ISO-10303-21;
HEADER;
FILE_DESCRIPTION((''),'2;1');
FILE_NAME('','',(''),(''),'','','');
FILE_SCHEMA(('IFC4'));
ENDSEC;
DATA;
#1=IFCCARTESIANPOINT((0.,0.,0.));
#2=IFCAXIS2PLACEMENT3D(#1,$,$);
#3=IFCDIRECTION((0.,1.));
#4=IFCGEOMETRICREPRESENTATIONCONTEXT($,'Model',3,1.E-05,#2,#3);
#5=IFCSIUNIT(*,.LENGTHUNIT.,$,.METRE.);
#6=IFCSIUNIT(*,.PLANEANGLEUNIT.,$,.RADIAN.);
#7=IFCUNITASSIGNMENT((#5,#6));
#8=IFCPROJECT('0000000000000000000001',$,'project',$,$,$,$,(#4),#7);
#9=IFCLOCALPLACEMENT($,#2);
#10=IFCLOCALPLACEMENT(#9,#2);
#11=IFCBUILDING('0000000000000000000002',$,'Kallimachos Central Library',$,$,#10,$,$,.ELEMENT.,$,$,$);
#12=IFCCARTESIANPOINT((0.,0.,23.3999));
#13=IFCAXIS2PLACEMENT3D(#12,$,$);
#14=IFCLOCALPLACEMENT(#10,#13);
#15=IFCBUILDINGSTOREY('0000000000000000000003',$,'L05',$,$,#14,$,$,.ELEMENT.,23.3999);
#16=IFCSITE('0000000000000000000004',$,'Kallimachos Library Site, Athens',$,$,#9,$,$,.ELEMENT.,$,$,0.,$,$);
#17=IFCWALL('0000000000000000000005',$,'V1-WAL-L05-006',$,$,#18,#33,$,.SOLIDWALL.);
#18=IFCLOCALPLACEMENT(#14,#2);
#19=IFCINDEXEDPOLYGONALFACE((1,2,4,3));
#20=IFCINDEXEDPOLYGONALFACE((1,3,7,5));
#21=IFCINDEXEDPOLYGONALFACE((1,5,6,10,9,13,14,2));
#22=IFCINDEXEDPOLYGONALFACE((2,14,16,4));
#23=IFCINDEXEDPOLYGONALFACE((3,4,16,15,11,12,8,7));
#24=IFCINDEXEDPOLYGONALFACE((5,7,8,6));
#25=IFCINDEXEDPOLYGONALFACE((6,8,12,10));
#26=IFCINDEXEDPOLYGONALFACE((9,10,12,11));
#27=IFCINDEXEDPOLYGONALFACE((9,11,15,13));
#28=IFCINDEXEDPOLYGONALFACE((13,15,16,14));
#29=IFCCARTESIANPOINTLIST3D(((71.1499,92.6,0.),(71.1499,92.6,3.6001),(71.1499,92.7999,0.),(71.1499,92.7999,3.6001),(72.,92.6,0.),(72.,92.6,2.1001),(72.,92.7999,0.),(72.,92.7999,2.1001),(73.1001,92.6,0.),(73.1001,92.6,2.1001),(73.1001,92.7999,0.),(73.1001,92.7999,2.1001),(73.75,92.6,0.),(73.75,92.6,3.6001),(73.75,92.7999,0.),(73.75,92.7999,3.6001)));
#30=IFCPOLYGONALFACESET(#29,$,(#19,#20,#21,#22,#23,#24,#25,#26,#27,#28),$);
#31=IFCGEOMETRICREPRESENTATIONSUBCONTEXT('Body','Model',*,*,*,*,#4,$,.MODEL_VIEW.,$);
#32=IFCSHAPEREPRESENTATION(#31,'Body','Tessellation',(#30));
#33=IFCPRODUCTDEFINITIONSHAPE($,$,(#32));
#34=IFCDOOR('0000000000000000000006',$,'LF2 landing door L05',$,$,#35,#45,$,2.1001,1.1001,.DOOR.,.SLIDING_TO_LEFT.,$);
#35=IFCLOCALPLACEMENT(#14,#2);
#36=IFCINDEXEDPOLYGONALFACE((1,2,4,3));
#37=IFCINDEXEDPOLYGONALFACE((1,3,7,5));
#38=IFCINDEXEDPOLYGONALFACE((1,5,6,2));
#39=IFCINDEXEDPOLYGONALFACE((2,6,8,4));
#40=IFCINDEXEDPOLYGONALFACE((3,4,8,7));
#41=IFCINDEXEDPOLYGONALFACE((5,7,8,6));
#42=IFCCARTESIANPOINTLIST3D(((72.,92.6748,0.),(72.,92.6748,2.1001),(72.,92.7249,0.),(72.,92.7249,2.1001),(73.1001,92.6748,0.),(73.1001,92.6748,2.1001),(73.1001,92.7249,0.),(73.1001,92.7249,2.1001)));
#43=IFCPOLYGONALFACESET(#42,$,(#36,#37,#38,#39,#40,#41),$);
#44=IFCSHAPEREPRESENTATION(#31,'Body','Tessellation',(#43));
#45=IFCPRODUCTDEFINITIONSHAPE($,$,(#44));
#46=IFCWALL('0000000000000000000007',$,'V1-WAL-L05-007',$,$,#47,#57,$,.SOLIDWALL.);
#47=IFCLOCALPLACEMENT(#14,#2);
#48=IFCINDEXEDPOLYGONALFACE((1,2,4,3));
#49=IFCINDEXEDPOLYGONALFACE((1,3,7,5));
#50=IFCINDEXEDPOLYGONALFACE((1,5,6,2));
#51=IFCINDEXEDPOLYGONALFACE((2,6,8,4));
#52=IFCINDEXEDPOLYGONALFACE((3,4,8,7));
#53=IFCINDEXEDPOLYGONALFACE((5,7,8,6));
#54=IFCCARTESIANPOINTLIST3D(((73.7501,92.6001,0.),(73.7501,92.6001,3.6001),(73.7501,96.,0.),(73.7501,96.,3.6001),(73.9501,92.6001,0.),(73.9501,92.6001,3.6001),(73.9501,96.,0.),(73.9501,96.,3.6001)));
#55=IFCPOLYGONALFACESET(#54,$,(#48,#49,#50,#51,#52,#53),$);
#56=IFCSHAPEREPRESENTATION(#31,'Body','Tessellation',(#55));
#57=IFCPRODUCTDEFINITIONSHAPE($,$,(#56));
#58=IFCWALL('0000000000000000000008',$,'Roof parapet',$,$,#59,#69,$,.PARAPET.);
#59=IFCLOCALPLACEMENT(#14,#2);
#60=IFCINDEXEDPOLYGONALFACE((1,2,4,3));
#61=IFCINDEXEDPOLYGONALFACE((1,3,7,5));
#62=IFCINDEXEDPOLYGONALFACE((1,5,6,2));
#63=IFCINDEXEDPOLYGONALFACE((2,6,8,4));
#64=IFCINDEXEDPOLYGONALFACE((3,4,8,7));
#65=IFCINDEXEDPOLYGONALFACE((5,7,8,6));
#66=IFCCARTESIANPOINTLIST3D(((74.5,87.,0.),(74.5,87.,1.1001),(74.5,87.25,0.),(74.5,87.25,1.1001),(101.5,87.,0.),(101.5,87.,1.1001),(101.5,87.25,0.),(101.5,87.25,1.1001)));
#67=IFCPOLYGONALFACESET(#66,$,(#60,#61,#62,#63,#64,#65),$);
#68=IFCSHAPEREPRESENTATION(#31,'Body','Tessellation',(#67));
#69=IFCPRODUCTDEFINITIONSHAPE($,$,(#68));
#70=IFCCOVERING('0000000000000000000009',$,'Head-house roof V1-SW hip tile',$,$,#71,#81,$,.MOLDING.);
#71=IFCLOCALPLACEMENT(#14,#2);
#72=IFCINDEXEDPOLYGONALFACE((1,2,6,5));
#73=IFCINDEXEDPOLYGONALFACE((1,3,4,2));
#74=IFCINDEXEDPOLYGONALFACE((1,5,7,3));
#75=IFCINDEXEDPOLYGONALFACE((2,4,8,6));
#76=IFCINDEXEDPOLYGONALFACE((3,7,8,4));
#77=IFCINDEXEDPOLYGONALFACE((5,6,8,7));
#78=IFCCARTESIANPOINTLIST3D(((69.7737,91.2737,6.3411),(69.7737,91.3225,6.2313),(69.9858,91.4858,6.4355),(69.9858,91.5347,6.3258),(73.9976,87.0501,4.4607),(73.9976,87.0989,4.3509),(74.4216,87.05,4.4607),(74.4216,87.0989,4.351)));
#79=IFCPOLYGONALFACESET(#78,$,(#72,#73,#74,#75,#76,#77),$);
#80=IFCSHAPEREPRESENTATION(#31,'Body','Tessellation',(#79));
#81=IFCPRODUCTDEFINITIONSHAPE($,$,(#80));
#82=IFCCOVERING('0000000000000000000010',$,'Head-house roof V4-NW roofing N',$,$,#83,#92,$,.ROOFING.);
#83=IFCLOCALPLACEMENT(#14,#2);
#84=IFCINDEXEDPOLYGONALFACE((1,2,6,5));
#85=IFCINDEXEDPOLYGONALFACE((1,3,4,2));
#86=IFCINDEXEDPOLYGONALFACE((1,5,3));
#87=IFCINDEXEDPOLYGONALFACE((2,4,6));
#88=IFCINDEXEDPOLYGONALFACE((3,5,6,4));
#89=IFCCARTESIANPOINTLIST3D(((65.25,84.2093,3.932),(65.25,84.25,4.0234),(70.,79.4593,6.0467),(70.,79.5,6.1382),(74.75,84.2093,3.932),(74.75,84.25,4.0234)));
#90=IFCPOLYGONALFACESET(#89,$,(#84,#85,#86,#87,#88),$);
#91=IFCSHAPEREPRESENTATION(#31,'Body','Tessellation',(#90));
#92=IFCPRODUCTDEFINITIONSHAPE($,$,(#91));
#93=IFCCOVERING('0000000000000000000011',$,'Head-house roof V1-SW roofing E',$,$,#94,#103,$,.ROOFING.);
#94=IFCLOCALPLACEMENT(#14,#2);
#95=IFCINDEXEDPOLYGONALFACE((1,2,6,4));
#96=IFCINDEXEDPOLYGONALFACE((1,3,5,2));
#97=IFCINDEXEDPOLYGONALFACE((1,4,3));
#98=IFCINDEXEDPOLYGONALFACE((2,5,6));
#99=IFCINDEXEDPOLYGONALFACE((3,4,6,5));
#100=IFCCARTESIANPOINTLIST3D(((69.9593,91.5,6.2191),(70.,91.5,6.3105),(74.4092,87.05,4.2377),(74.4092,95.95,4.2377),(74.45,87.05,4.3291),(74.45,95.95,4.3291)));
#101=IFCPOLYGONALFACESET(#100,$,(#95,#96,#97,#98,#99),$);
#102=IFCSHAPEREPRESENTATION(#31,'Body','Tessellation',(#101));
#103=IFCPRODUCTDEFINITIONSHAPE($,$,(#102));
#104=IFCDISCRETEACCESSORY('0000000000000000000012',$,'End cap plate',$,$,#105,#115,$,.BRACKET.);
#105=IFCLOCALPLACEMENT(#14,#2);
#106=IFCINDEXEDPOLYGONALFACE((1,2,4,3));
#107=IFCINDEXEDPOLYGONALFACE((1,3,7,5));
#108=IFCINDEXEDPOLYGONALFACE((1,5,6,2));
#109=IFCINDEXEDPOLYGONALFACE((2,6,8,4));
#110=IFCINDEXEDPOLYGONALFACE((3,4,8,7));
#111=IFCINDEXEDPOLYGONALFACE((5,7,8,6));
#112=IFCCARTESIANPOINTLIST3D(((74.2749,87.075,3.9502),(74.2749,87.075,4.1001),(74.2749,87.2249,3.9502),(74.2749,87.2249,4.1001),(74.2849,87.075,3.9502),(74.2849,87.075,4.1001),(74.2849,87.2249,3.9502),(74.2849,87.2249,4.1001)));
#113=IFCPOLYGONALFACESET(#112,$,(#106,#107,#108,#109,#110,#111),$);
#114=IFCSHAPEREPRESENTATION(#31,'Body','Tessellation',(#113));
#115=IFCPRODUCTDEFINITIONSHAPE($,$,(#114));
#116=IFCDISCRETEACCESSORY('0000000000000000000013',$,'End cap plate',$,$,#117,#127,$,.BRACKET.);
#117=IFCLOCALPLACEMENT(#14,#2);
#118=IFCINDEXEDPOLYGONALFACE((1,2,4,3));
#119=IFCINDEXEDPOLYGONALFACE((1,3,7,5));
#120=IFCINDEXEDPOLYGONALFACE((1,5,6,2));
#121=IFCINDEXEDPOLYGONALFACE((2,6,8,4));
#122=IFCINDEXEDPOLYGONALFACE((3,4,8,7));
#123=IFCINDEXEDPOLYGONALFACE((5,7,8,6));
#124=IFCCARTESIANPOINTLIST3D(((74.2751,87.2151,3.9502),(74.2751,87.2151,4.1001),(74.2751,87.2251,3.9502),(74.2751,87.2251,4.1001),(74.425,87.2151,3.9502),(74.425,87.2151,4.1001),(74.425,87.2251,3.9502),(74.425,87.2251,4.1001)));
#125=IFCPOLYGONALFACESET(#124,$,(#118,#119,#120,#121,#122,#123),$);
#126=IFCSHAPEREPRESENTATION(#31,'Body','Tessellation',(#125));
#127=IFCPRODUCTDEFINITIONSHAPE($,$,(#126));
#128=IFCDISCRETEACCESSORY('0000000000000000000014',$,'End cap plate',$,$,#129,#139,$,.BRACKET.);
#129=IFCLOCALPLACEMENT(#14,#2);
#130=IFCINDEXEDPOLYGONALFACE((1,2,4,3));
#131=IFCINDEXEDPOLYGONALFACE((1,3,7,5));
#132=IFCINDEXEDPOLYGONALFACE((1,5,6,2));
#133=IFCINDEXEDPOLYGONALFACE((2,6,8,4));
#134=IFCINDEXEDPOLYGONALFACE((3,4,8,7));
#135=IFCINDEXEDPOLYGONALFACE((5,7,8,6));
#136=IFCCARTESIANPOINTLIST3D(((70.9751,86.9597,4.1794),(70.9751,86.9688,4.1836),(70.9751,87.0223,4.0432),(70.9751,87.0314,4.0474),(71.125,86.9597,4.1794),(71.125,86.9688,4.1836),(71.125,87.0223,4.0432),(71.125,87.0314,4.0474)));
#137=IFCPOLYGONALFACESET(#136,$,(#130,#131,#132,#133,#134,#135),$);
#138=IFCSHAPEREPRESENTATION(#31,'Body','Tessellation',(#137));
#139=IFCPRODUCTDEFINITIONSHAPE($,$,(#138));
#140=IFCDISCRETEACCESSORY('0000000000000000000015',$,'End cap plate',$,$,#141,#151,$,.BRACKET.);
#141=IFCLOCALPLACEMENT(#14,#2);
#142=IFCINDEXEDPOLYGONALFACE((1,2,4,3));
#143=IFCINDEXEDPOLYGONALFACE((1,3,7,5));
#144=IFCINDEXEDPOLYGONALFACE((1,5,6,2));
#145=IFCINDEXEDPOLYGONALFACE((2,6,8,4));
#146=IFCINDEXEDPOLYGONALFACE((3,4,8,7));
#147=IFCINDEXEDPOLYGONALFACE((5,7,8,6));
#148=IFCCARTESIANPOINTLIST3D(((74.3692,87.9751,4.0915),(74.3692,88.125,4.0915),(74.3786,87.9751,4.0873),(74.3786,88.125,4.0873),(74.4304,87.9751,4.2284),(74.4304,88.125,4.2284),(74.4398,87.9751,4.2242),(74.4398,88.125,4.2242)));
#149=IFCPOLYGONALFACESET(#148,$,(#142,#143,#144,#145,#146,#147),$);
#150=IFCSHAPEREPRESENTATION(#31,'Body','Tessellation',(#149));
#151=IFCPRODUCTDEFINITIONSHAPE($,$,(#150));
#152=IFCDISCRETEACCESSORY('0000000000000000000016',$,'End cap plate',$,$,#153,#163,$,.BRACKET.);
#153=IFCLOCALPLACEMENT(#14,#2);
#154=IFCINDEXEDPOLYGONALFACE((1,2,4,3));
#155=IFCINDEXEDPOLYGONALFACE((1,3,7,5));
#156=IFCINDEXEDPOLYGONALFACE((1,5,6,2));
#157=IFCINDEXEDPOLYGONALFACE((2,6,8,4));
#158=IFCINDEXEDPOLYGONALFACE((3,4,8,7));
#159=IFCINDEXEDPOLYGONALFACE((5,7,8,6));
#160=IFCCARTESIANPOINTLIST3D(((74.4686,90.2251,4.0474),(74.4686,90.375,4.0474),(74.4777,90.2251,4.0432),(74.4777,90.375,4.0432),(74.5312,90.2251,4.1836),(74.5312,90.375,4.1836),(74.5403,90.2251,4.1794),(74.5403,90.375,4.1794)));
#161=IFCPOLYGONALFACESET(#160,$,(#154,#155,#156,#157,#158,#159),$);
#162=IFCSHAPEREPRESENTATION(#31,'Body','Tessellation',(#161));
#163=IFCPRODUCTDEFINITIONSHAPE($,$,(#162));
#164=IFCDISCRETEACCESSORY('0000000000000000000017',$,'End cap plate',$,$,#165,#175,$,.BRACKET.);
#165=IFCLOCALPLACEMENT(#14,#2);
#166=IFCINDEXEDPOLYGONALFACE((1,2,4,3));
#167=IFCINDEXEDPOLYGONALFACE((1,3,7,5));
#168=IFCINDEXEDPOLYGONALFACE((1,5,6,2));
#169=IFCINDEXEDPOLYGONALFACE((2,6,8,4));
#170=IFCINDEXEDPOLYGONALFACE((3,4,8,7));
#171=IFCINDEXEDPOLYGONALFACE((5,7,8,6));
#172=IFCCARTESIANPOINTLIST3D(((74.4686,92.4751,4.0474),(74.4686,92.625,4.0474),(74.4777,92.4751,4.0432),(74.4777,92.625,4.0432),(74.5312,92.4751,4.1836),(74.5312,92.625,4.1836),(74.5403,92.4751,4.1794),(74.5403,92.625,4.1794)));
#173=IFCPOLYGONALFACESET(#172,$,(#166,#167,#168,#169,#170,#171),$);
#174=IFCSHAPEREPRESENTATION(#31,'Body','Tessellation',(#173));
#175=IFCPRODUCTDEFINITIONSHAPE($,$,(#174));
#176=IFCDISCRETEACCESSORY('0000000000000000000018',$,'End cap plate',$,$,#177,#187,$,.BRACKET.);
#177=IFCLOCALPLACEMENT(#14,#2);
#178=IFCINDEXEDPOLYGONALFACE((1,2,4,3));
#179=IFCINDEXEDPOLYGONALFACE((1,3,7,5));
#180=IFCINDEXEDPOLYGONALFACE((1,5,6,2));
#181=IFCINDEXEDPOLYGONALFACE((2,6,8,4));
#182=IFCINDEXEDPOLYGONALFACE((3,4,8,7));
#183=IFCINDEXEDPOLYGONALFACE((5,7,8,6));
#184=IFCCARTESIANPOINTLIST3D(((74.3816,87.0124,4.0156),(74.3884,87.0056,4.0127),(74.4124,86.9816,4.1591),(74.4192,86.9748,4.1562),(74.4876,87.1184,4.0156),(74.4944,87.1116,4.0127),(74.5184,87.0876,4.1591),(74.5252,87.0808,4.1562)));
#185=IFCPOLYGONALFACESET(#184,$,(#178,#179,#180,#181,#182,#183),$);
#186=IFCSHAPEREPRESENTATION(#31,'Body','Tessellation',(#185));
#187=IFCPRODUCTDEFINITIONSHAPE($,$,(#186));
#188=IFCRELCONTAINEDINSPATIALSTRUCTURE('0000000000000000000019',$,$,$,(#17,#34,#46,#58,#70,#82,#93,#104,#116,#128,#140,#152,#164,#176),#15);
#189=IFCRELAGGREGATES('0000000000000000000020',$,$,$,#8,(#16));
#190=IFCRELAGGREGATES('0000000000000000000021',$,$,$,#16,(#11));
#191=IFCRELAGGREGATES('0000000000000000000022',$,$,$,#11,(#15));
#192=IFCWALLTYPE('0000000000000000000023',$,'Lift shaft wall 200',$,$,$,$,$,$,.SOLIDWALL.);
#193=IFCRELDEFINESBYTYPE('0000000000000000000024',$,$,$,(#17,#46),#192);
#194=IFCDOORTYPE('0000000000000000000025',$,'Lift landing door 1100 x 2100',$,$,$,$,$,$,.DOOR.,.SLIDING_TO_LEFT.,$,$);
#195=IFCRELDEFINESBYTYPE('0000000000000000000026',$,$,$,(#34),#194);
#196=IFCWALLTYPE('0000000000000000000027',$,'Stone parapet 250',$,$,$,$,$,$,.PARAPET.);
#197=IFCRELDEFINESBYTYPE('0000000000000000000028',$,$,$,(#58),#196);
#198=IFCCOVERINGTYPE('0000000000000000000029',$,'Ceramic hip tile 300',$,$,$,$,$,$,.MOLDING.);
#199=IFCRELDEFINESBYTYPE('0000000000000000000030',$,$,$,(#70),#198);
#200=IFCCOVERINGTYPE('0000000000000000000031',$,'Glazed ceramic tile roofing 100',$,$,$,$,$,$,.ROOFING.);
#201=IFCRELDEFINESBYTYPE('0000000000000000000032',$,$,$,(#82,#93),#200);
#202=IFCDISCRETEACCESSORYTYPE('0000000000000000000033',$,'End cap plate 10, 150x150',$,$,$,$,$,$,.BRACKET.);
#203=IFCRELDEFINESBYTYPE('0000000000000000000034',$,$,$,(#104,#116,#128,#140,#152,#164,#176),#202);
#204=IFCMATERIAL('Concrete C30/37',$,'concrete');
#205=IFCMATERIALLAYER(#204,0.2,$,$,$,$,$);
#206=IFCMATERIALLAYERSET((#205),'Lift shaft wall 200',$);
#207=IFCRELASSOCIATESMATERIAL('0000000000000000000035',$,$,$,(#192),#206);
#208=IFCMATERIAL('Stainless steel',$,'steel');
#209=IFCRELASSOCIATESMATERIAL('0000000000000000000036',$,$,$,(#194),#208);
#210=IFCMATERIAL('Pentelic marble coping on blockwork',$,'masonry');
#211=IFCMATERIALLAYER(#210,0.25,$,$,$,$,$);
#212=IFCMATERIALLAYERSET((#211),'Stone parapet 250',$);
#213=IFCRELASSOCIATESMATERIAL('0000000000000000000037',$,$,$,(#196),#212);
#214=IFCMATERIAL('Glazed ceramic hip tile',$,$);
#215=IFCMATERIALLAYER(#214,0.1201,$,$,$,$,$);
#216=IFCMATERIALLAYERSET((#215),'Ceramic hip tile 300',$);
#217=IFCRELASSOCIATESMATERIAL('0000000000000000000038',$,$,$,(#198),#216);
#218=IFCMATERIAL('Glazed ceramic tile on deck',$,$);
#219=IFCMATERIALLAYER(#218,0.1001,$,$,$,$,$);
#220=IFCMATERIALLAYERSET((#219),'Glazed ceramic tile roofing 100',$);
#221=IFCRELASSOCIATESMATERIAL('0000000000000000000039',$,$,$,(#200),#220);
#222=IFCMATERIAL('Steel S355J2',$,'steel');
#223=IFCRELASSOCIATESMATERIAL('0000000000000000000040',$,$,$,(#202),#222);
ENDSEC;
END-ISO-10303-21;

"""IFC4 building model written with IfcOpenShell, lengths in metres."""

from ifc_helpers import new_model, si_unit, direction, frame, frame_2d, origin, origin_2d, place, context, subcontext, project, spatial, polyline, rectangle, outline, extrude, material, layer, layer_set, material_profile, profile_set, type_object, element, fill, save


model = new_model("IFC4")

# Units and contexts
model_context = context("Model", 3, precision=1e-05, world=origin(), true_north=direction((0.0, 1.0)))
body_context = subcontext(model_context, "Body", "Model", "MODEL_VIEW")
ifc_project = project(units=[si_unit("LENGTHUNIT", "METRE"), si_unit("PLANEANGLEUNIT", "RADIAN")], contexts=[model_context])

# Site, building, storey
site_placement = place(None, origin())
site = spatial("IfcSite", under=ifc_project, at=site_placement, Name="Kallimachos Library Site, Athens", CompositionType="ELEMENT", RefElevation=0.0)
building_placement = place(site_placement, origin())
building = spatial("IfcBuilding", under=site, at=building_placement, Name="Kallimachos Central Library", CompositionType="ELEMENT")
storey_placement = place(building_placement, frame((0.0, 0.0, 23.3999)))
storey = spatial("IfcBuildingStorey", under=building, at=storey_placement, Name="L05", CompositionType="ELEMENT", Elevation=23.3999)

# Shared definitions
ifc_material_1 = material(Name="Concrete C30/37", Category="concrete")
ifc_layer_1 = layer(ifc_material_1, 0.2)
ifc_layer_set_1 = layer_set([ifc_layer_1], Name="Lift shaft wall 200")
wall_type_1 = type_object("IfcWallType", Name="Lift shaft wall 200", PredefinedType="SOLIDWALL", material=ifc_layer_set_1)

# Wall, opening, door
wall_1_placement = place(storey_placement, frame((71.1499, 92.7, 0.0), z_axis=(0.0, 0.0, 1.0), x_axis=(1.0, 0.0, 0.0)))
wall_1 = element("IfcWall", 1, at=wall_1_placement, inside=storey, type_object=wall_type_1, Name="V1-WAL-L05-006", PredefinedType="SOLIDWALL", context=body_context, shape_type="SweptSolid", body=[
    extrude(rectangle(XDim=2.6001, YDim=0.2, at=frame_2d((1.3, 0.0))), origin(), (0.0, 0.0, 1.0), 3.6001),
])
opening_1_placement = place(wall_1_placement, frame((0.8501, 0.0, 0.0)))
opening_1 = element("IfcOpeningElement", 2, at=opening_1_placement, cuts=wall_1, PredefinedType="OPENING", context=body_context, shape_type="SweptSolid", body=[
    extrude(rectangle(XDim=1.1001, YDim=2.1001, at=frame_2d((0.55, 1.05))), frame((0.0, 0.1099, 0.0), z_axis=(0.0, -1.0, 0.0), x_axis=(1.0, 0.0, 0.0)), (0.0, 0.0, 1.0), 0.22),
])
ifc_material_2 = material(Name="Stainless steel", Category="steel")
door_type_1 = type_object("IfcDoorType", Name="Lift landing door 1100 x 2100", OperationType="SLIDING_TO_LEFT", PredefinedType="DOOR", material=ifc_material_2)
door_1_placement = place(opening_1_placement, origin())
door_1 = element("IfcDoor", 3, at=door_1_placement, inside=storey, type_object=door_type_1, Name="LF2 landing door L05", OperationType="SLIDING_TO_LEFT", OverallHeight=2.1001, OverallWidth=1.1001, PredefinedType="DOOR", context=body_context, shape_type="SweptSolid", body=[
    extrude(rectangle(XDim=1.1001, YDim=2.1001, at=frame_2d((0.55, 1.05))), frame((0.0, 0.0249, 0.0), z_axis=(0.0, -1.0, 0.0), x_axis=(1.0, 0.0, 0.0)), (0.0, 0.0, 1.0), 0.05),
])
fill(opening_1, door_1)

# Walls
wall_2_placement = place(storey_placement, frame((73.8501, 92.6001, 0.0), z_axis=(0.0, 0.0, 1.0), x_axis=(0.0, 1.0, 0.0)))
element("IfcWall", 4, at=wall_2_placement, inside=storey, type_object=wall_type_1, Name="V1-WAL-L05-007", PredefinedType="SOLIDWALL", context=body_context, shape_type="SweptSolid", body=[
    extrude(rectangle(XDim=3.3999, YDim=0.2, at=frame_2d((1.7, 0.0))), origin(), (0.0, 0.0, 1.0), 3.6001),
])
ifc_material_3 = material(Name="Pentelic marble coping on blockwork", Category="masonry")
ifc_layer_2 = layer(ifc_material_3, 0.25)
ifc_layer_set_2 = layer_set([ifc_layer_2], Name="Stone parapet 250")
wall_type_2 = type_object("IfcWallType", Name="Stone parapet 250", PredefinedType="PARAPET", material=ifc_layer_set_2)
wall_3_placement = place(storey_placement, frame((74.5, 87.125, 0.0), z_axis=(0.0, 0.0, 1.0), x_axis=(1.0, 0.0, 0.0)))
element("IfcWall", 5, at=wall_3_placement, inside=storey, type_object=wall_type_2, Name="Roof parapet", PredefinedType="PARAPET", context=body_context, shape_type="SweptSolid", body=[
    extrude(rectangle(XDim=27.0, YDim=0.25, at=frame_2d((13.5, 0.0))), origin(), (0.0, 0.0, 1.0), 1.1001),
])

# Coverings
ifc_material_4 = material(Name="Glazed ceramic hip tile")
ifc_layer_3 = layer(ifc_material_4, 0.1201)
ifc_layer_set_3 = layer_set([ifc_layer_3], Name="Ceramic hip tile 300")
covering_type_1 = type_object("IfcCoveringType", Name="Ceramic hip tile 300", PredefinedType="MOLDING", material=ifc_layer_set_3)
covering_1_placement = place(storey_placement, frame((74.4216, 87.05, 4.4607), z_axis=(-0.000031, -0.406745, 0.913542), x_axis=(-1.0, 0.000012, -0.000028)))
element("IfcCovering", 6, at=covering_1_placement, inside=storey, type_object=covering_type_1, Name="Head-house roof V1-SW hip tile", PredefinedType="MOLDING", context=body_context, shape_type="SweptSolid", body=[
    extrude(outline(polyline([(0.0, 0.0), (0.4241, 0.0), (4.6479, -4.6233), (4.4358, -4.8555), (0.0, 0.0)])), origin(), (0.0, 0.0, -1.0), 0.1201),
])
ifc_material_5 = material(Name="Glazed ceramic tile on deck")
ifc_layer_4 = layer(ifc_material_5, 0.1001)
ifc_layer_set_4 = layer_set([ifc_layer_4], Name="Glazed ceramic tile roofing 100")
covering_type_2 = type_object("IfcCoveringType", Name="Glazed ceramic tile roofing 100", PredefinedType="ROOFING", material=ifc_layer_set_4)
covering_2_placement = place(storey_placement, frame((74.75, 84.25, 4.0234), z_axis=(0.0, 0.406722, 0.913552), x_axis=(-1.0, 0.0, 0.0)))
element("IfcCovering", 7, at=covering_2_placement, inside=storey, type_object=covering_type_2, Name="Head-house roof V4-NW roofing N", PredefinedType="ROOFING", context=body_context, shape_type="SweptSolid", body=[
    extrude(outline(polyline([(0.0, 0.0), (9.5, 0.0), (4.75, 5.1995), (0.0, 0.0)])), origin(), (0.0, 0.0, -1.0), 0.1001),
])
covering_3_placement = place(storey_placement, frame((74.45, 87.05, 4.3291), z_axis=(0.406771, 0.0, 0.91353), x_axis=(0.0, 1.0, 0.0)))
element("IfcCovering", 8, at=covering_3_placement, inside=storey, type_object=covering_type_2, Name="Head-house roof V1-SW roofing E", PredefinedType="ROOFING", context=body_context, shape_type="SweptSolid", body=[
    extrude(outline(polyline([(0.0, 0.0), (8.8999, 0.0), (4.45, 4.8712), (0.0, 0.0)])), origin(), (0.0, 0.0, -1.0), 0.1001),
])

# Discrete accessories
ifc_material_6 = material(Name="Steel S355J2", Category="steel")
ifc_material_profile_1 = material_profile(ifc_material_6, rectangle(XDim=0.1499, YDim=0.1499, at=origin_2d()), Name="End cap plate 10, 150x150")
ifc_profile_set_1 = profile_set([ifc_material_profile_1], Name="Steel S355J2")
discrete_accessory_type = type_object("IfcDiscreteAccessoryType", Name="End cap plate 10, 150x150", PredefinedType="BRACKET", material=ifc_profile_set_1)
for number, where, z_axis, x_axis, name in (
    (9, (74.2749, 87.1499, 4.0251), (1.0, 0.0, 0.0), (0.0, 1.0, 0.0), "End cap plate"),
    (10, (74.3501, 87.2151, 4.0251), (0.0, 1.0, 0.0), (-1.0, 0.0, 0.0), "End cap plate"),
    (11, (71.05, 86.991, 4.1113), (0.0, 0.908677, 0.4175), (-1.0, 0.0, 0.0), "End cap plate"),
):
    element("IfcDiscreteAccessory", number, at=place(storey_placement, frame(where, z_axis=z_axis, x_axis=x_axis)), inside=storey, type_object=discrete_accessory_type, Name=name, PredefinedType="BRACKET", context=body_context, shape_type="SweptSolid", body=[
        extrude(rectangle(XDim=0.1499, YDim=0.1499, at=origin_2d()), origin(), (0.0, 0.0, 1.0), 0.01),
    ])
discrete_accessory_1_placement = place(storey_placement, frame((74.4092, 88.05, 4.1558), z_axis=(-0.912818, 0.0, 0.408366), x_axis=(0.0, -1.0, 0.0)))
element("IfcDiscreteAccessory", 12, at=discrete_accessory_1_placement, inside=storey, type_object=discrete_accessory_type, Name="End cap plate", PredefinedType="BRACKET", context=body_context, shape_type="SweptSolid", body=[
    extrude(rectangle(XDim=0.1499, YDim=0.1499, at=origin_2d()), origin(), (0.0, 0.0, 1.0), 0.0103),
])
for number, where, z_axis, x_axis, name in (
    (13, (74.509, 90.3, 4.1113), (-0.908677, 0.0, 0.4175), (0.0, -1.0, 0.0), "End cap plate"),
    (14, (74.509, 92.55, 4.1113), (-0.908677, 0.0, 0.4175), (0.0, -1.0, 0.0), "End cap plate"),
    (15, (74.4568, 87.0432, 4.0845), (-0.676716, 0.676716, 0.290021), (-0.707107, -0.707107, 0.0), "End cap plate"),
):
    element("IfcDiscreteAccessory", number, at=place(storey_placement, frame(where, z_axis=z_axis, x_axis=x_axis)), inside=storey, type_object=discrete_accessory_type, Name=name, PredefinedType="BRACKET", context=body_context, shape_type="SweptSolid", body=[
        extrude(rectangle(XDim=0.1499, YDim=0.1499, at=origin_2d()), origin(), (0.0, 0.0, 1.0), 0.01),
    ])

save(model, "model.ifc")
